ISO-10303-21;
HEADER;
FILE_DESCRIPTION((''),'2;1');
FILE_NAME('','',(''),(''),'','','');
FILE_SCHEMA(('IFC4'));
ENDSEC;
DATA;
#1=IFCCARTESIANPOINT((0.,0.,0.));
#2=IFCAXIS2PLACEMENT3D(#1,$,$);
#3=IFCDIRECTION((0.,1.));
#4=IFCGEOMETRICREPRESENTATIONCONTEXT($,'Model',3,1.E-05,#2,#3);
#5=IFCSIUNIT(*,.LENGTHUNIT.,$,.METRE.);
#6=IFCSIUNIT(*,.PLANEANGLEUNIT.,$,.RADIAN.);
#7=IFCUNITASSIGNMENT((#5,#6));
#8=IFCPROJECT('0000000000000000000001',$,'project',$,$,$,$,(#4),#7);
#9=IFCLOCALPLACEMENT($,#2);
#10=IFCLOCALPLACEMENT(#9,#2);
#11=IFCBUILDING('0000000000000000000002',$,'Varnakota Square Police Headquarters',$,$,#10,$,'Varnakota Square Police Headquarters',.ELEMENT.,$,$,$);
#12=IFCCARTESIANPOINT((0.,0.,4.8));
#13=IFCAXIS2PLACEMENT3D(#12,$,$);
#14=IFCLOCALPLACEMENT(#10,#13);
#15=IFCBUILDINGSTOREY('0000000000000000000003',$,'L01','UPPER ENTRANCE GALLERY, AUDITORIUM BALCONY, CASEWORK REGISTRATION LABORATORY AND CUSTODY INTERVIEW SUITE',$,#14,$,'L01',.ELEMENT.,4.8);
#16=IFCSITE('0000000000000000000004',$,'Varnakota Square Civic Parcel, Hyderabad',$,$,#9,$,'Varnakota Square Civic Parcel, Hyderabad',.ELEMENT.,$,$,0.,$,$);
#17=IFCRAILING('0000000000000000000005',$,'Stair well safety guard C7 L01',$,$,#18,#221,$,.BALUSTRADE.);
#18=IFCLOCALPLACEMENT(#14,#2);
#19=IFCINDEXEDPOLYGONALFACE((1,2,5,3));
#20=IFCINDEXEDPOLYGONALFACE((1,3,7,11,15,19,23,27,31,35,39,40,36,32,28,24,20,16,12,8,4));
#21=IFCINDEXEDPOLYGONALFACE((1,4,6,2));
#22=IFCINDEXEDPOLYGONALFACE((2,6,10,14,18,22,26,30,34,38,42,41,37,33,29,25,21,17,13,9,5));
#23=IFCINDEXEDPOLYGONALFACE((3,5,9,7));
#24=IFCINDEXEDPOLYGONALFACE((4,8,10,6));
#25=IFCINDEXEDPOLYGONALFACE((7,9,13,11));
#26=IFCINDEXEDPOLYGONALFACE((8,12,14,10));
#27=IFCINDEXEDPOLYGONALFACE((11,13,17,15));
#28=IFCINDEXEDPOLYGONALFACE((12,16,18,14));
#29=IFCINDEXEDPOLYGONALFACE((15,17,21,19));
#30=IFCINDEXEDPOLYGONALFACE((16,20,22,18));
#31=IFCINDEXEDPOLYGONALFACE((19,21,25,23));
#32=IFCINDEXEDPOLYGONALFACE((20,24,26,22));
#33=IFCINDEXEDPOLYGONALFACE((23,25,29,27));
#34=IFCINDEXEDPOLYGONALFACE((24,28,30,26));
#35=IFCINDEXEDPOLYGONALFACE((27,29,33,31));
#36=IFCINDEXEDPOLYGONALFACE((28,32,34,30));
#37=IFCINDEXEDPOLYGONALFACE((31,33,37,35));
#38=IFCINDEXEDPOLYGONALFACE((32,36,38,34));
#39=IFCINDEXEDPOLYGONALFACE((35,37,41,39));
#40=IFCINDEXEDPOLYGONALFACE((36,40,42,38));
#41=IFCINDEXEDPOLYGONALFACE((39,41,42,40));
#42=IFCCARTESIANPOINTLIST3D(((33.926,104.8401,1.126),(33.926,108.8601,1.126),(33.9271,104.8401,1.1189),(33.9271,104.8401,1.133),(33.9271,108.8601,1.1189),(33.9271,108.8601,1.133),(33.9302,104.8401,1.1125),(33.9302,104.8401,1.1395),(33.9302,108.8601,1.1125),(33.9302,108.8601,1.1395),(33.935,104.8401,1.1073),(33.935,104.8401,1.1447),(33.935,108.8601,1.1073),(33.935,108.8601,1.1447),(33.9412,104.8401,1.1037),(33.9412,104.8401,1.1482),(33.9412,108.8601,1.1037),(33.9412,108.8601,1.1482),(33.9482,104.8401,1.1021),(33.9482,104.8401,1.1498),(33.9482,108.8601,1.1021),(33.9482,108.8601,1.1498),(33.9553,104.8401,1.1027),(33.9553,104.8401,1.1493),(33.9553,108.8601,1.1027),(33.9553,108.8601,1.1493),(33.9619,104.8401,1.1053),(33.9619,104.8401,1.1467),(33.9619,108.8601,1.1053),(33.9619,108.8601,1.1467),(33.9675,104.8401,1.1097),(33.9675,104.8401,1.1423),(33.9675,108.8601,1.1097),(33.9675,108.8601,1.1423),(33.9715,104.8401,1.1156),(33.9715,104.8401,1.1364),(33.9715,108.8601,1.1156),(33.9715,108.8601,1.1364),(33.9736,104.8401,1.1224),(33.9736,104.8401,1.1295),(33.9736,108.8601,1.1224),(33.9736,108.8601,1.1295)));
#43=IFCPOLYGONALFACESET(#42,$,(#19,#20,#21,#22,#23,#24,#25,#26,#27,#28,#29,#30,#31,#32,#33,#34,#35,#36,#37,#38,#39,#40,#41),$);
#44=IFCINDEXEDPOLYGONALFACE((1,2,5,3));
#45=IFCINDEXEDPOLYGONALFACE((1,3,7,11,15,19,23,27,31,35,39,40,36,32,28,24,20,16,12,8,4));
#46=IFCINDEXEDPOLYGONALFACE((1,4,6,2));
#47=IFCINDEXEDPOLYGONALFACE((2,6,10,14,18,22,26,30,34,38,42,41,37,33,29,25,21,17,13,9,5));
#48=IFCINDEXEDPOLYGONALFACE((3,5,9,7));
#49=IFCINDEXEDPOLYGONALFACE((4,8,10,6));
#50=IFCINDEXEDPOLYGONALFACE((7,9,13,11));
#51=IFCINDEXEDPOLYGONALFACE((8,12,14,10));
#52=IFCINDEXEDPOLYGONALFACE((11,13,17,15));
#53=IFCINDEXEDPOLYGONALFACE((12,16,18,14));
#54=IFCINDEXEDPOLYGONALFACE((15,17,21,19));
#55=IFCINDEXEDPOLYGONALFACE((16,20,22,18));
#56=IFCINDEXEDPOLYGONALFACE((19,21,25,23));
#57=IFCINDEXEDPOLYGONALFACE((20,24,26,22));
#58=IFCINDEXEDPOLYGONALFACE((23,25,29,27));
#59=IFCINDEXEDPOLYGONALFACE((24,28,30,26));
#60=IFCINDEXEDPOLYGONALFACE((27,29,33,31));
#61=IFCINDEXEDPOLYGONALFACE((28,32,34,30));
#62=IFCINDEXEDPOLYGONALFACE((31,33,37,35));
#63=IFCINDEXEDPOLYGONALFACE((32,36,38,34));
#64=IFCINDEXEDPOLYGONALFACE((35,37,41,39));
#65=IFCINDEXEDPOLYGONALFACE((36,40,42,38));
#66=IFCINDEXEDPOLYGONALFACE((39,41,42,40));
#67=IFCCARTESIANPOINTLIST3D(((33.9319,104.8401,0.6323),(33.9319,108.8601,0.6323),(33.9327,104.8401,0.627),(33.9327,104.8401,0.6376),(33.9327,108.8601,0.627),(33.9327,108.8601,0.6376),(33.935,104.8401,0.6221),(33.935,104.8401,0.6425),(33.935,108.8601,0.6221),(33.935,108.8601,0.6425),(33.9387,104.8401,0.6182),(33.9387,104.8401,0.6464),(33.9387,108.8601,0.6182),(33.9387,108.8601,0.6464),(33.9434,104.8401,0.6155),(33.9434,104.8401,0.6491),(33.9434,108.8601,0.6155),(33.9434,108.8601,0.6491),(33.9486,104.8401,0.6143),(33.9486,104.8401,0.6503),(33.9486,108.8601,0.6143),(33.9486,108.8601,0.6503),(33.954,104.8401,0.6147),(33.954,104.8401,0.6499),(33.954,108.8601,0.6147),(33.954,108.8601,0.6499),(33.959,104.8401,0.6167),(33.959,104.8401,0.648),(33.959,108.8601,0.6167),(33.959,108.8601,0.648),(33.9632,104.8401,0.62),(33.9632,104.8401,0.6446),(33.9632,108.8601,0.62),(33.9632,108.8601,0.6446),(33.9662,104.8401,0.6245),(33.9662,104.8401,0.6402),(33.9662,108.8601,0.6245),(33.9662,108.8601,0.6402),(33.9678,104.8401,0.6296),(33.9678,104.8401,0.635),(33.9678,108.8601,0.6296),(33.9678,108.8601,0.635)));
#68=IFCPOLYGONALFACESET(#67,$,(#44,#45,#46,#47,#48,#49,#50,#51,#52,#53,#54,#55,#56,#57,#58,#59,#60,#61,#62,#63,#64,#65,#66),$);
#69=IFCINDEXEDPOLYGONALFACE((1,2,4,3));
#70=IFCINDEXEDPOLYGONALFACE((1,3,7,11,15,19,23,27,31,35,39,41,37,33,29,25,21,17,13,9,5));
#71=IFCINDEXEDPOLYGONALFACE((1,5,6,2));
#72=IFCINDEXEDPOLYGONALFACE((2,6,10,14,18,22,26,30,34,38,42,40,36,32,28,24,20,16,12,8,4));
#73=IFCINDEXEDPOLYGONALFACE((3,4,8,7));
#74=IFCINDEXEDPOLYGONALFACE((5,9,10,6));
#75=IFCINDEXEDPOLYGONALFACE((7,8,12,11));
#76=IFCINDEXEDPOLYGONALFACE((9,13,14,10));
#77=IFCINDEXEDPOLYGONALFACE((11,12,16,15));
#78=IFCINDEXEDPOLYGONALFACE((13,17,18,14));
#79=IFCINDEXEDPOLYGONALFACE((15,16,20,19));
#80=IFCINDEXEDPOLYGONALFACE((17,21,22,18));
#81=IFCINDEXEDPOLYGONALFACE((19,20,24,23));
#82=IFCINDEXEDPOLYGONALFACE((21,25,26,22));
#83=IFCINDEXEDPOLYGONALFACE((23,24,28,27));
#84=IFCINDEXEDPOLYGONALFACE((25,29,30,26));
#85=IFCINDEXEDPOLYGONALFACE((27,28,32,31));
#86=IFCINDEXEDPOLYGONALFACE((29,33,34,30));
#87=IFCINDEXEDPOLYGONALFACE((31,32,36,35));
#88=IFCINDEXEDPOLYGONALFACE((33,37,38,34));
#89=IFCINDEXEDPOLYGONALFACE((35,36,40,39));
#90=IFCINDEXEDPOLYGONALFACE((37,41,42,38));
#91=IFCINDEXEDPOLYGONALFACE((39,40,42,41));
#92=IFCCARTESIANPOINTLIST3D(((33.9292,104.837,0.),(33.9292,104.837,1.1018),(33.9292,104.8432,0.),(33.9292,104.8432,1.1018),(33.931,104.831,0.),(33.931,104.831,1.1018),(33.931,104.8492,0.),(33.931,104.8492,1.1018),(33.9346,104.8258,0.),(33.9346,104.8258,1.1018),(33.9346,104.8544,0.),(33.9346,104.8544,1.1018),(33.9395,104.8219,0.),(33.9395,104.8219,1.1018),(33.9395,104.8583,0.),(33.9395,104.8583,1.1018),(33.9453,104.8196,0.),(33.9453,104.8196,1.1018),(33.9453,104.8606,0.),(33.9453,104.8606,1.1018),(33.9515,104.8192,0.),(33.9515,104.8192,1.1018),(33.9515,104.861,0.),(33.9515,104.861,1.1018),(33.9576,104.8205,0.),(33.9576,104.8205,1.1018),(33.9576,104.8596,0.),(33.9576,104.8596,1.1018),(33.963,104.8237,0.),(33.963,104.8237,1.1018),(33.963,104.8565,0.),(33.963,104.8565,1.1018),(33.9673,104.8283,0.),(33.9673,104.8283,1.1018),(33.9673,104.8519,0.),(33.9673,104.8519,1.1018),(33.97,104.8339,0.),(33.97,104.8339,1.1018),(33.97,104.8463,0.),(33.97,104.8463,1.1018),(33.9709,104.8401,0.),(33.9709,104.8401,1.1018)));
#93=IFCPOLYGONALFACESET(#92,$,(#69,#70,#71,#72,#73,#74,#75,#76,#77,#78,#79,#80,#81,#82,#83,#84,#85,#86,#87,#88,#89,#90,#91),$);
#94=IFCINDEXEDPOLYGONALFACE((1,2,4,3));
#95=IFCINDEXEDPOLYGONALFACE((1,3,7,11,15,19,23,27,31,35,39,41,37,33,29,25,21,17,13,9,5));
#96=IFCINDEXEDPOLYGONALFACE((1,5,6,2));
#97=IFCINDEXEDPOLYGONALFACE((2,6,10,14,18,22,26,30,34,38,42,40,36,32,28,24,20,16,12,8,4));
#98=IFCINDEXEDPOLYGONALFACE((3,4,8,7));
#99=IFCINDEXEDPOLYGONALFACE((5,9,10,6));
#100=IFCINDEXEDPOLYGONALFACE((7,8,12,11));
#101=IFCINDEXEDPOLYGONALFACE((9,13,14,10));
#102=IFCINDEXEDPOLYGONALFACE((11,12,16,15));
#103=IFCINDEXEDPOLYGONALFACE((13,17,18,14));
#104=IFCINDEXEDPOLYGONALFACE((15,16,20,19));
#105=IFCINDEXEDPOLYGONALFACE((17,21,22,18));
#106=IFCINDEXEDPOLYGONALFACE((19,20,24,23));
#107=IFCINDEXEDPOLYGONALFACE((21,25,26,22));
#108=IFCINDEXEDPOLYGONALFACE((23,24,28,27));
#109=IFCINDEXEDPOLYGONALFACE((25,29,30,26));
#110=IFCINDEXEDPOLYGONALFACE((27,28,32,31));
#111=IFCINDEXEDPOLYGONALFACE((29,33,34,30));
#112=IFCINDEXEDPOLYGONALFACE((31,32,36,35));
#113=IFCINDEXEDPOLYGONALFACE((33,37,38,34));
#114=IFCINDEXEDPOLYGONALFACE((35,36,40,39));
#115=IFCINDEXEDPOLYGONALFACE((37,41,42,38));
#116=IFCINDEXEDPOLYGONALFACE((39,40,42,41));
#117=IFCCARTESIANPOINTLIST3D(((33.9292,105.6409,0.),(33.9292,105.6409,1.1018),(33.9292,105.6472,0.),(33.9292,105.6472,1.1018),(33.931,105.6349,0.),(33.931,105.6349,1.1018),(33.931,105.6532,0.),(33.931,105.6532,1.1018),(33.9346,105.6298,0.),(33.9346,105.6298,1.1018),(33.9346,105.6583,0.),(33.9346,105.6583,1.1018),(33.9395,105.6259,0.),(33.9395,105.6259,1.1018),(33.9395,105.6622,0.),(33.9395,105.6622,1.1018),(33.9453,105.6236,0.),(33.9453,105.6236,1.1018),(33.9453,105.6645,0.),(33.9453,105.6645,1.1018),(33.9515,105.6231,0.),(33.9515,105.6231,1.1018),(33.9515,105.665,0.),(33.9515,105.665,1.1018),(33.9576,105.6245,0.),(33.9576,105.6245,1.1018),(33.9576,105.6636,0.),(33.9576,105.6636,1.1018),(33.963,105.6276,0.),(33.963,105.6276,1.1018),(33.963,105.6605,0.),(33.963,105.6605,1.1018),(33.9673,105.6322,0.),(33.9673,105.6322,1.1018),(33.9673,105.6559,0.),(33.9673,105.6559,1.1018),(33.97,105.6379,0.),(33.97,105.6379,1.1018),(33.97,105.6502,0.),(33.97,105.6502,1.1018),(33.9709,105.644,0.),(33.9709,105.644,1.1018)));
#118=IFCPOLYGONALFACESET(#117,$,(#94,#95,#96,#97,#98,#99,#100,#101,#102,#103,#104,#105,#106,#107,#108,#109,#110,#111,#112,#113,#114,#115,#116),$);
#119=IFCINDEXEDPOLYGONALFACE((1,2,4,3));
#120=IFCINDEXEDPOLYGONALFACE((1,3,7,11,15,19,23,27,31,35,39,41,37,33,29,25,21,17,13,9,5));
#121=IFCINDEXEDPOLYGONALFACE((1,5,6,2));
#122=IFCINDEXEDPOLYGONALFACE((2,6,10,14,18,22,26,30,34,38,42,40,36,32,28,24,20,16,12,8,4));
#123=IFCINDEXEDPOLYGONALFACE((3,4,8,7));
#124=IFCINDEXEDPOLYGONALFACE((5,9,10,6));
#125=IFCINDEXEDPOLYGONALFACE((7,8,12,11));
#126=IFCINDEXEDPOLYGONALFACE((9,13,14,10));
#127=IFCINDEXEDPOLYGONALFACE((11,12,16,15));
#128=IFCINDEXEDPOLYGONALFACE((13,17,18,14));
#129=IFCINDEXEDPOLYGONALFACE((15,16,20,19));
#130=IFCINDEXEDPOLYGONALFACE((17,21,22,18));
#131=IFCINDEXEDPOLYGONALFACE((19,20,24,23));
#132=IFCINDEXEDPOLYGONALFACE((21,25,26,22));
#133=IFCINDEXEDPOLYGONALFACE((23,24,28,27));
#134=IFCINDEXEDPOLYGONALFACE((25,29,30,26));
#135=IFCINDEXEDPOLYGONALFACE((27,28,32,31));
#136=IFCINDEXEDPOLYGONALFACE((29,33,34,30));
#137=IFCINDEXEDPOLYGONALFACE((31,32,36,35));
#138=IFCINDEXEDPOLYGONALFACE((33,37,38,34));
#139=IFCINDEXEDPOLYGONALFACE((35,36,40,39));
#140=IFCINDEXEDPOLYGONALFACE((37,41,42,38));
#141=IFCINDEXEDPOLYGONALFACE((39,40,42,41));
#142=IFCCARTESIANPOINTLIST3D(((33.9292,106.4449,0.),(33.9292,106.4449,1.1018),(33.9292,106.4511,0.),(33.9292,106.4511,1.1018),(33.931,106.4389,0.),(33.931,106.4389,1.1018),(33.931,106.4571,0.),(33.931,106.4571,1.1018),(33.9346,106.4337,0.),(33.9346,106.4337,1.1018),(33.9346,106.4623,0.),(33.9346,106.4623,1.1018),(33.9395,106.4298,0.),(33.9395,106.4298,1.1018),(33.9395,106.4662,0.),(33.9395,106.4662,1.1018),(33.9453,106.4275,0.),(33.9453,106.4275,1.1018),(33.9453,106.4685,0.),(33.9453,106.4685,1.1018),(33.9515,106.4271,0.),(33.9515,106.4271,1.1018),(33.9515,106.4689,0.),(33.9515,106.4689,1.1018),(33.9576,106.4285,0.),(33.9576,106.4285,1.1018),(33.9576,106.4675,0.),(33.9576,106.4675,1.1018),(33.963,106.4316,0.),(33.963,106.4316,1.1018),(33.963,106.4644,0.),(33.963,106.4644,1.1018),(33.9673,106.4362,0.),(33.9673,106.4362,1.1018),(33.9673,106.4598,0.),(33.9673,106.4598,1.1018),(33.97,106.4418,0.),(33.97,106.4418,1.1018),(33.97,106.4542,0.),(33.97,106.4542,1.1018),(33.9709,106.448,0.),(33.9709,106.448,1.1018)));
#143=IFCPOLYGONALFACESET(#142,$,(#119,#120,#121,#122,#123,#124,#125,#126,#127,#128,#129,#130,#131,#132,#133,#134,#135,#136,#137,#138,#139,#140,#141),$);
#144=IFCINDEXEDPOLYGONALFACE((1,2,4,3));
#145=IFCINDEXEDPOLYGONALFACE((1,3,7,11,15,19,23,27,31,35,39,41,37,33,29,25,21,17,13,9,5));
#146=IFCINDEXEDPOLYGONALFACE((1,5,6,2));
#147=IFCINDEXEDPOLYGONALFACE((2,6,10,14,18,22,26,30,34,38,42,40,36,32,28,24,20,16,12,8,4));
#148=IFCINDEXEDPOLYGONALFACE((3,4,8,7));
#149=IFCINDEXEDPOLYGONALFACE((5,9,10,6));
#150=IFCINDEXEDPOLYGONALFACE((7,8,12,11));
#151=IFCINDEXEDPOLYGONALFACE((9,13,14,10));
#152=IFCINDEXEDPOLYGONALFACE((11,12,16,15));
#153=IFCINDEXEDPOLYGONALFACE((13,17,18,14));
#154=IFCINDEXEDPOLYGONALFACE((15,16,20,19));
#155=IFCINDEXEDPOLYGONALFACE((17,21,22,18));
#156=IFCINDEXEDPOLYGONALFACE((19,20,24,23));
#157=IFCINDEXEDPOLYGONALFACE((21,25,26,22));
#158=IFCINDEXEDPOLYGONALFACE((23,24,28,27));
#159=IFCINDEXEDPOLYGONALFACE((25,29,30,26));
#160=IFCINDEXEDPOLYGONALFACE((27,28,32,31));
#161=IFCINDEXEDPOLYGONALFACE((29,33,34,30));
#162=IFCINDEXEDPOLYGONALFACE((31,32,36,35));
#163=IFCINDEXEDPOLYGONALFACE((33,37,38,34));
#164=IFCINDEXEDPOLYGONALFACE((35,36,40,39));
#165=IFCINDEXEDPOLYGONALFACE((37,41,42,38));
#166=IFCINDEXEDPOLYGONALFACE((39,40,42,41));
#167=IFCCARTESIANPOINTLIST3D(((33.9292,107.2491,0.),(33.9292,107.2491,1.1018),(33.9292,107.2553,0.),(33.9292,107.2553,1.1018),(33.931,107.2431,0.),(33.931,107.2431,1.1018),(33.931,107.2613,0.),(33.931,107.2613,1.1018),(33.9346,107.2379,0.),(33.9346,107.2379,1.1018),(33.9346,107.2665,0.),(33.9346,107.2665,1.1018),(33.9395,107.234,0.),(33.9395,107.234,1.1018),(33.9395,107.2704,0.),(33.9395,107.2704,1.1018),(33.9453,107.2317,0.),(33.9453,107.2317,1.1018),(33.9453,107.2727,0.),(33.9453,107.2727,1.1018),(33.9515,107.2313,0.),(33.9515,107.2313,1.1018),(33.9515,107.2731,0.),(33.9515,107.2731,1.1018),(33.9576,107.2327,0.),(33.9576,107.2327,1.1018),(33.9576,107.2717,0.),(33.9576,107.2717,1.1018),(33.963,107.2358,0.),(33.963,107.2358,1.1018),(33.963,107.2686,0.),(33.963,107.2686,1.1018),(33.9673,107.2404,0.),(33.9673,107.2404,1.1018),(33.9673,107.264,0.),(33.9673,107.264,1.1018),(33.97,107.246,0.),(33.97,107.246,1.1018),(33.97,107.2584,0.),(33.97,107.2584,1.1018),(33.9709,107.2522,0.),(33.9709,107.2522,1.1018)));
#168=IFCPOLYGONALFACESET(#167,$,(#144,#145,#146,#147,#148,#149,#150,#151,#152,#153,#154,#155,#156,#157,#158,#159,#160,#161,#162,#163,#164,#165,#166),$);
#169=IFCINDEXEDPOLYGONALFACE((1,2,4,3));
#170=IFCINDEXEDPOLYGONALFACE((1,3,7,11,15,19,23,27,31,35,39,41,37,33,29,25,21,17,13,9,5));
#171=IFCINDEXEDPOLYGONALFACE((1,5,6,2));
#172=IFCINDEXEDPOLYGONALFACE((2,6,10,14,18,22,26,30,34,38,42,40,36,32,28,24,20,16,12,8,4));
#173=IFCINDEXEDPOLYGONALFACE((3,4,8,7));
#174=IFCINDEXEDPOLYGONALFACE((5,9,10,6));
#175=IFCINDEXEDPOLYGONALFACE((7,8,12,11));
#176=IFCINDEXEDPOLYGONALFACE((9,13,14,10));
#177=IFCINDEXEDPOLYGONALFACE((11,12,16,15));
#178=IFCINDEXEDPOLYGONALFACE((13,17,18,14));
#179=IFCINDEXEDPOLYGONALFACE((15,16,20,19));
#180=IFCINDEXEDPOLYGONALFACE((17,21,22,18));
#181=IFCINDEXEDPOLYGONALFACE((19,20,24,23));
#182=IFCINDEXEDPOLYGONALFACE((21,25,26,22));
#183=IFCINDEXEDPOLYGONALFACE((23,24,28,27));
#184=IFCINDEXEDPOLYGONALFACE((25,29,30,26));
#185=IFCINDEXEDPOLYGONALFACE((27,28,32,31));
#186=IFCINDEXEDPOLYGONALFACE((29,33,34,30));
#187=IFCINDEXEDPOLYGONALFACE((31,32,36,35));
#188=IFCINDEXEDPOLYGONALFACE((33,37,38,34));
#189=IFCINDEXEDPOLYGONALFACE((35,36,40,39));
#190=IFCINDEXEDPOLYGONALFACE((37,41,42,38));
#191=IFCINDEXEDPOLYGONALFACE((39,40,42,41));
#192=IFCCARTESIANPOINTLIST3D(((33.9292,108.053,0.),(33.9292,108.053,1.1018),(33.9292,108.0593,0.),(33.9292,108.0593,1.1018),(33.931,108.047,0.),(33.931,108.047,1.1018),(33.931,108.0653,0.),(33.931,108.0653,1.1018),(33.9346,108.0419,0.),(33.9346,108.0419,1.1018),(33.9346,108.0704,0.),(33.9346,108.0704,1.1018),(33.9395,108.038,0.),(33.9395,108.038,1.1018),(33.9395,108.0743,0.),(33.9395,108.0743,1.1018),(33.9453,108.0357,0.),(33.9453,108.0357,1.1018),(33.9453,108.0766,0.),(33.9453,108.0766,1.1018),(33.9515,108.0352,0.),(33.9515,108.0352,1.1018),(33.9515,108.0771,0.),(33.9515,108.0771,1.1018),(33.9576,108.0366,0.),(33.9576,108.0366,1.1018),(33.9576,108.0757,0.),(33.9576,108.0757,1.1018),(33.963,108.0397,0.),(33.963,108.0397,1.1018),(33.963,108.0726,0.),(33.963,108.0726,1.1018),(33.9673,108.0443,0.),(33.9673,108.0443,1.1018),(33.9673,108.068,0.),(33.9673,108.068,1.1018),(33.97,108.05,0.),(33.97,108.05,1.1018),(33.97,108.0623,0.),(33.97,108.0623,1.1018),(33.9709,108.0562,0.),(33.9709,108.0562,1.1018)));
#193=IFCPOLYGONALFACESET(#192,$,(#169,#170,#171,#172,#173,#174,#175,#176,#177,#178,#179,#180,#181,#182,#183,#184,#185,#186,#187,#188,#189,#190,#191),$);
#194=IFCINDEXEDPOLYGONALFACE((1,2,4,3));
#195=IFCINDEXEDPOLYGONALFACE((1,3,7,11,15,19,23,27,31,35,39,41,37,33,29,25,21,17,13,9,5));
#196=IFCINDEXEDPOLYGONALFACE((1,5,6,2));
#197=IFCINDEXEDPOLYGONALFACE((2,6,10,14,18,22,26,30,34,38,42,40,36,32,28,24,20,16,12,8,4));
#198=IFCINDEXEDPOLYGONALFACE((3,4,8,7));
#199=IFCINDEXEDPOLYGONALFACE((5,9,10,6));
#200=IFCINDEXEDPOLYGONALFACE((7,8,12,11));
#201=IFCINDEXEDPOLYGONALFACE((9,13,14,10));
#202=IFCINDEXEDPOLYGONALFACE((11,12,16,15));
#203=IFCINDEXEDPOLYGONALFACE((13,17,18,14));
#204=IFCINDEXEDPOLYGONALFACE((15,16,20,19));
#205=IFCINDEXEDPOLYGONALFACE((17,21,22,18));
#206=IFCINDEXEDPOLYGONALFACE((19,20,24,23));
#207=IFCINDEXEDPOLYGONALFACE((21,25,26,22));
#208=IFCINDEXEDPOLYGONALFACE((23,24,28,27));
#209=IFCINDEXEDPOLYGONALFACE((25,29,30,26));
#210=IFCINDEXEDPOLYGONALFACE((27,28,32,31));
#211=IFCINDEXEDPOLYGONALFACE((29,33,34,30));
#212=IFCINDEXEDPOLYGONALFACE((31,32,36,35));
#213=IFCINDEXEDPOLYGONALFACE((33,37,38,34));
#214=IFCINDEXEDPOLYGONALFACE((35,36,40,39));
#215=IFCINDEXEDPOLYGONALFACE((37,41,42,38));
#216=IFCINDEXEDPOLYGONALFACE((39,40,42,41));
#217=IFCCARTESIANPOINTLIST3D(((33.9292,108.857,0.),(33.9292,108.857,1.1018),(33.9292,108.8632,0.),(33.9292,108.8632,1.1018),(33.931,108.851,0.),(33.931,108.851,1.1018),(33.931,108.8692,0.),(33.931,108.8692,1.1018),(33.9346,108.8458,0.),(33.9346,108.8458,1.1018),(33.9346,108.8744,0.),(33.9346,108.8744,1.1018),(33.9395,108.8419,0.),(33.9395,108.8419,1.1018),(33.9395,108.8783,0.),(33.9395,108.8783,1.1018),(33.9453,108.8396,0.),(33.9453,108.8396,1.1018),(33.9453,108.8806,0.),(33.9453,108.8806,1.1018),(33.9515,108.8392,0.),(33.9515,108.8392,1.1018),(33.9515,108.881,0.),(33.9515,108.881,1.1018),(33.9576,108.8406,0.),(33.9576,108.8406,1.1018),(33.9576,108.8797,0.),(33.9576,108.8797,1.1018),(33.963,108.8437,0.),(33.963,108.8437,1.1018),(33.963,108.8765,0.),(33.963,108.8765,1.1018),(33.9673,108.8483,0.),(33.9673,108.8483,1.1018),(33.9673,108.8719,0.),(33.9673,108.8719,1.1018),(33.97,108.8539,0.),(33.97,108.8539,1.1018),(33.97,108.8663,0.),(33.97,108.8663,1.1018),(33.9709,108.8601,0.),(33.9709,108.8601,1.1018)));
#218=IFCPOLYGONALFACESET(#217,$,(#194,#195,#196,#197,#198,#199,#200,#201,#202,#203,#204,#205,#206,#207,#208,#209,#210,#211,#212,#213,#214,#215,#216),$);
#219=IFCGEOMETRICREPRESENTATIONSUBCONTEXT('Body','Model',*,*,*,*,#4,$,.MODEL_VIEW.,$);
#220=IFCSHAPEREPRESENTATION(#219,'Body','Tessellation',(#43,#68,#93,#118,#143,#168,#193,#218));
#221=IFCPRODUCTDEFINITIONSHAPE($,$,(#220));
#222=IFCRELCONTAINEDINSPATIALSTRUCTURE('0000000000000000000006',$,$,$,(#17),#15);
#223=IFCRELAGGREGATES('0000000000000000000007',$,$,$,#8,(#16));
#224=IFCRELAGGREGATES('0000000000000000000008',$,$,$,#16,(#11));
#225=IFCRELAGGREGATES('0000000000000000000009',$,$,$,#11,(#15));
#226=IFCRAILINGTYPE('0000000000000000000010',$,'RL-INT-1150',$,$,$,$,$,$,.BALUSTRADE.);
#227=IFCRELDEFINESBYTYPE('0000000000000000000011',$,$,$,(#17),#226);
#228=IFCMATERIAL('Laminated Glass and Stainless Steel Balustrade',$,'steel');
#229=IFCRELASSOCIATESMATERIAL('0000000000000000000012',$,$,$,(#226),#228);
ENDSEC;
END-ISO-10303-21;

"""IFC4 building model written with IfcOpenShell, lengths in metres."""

from ifc_helpers import new_model, si_unit, direction, frame, origin, origin_2d, place, context, subcontext, project, spatial, circle, extrude, material, type_object, element, save


model = new_model("IFC4")

# Units and contexts
model_context = context("Model", 3, precision=1e-05, world=origin(), true_north=direction((0.0, 1.0)))
body_context = subcontext(model_context, "Body", "Model", "MODEL_VIEW")
ifc_project = project(units=[si_unit("LENGTHUNIT", "METRE"), si_unit("PLANEANGLEUNIT", "RADIAN")], contexts=[model_context])

# Site, building, storey
site_placement = place(None, origin())
site = spatial("IfcSite", under=ifc_project, at=site_placement, Name="Varnakota Square Civic Parcel, Hyderabad", LongName="Varnakota Square Civic Parcel, Hyderabad", CompositionType="ELEMENT", RefElevation=0.0)
building_placement = place(site_placement, origin())
building = spatial("IfcBuilding", under=site, at=building_placement, Name="Varnakota Square Police Headquarters", LongName="Varnakota Square Police Headquarters", CompositionType="ELEMENT")
storey_placement = place(building_placement, frame((0.0, 0.0, 4.8)))
storey = spatial("IfcBuildingStorey", under=building, at=storey_placement, Name="L01", Description="UPPER ENTRANCE GALLERY, AUDITORIUM BALCONY, CASEWORK REGISTRATION LABORATORY AND CUSTODY INTERVIEW SUITE", LongName="L01", CompositionType="ELEMENT", Elevation=4.8)

# Railing
ifc_material_1 = material(Name="Laminated Glass and Stainless Steel Balustrade", Category="steel")
railing_type_1 = type_object("IfcRailingType", Name="RL-INT-1150", PredefinedType="BALUSTRADE", material=ifc_material_1)
railing_1_placement = place(storey_placement, frame((33.95, 104.8401, 0.0)))
element("IfcRailing", 1, at=railing_1_placement, inside=storey, type_object=railing_type_1, Name="Stair well safety guard C7 L01", PredefinedType="BALUSTRADE", context=body_context, shape_type="SweptSolid", body=[
    extrude(circle(Radius=0.0239, at=origin_2d()), frame((0.0, 0.0, 1.126), z_axis=(0.0, 1.0, 0.0), x_axis=(-1.0, 0.0, 0.0)), (0.0, 0.0, 1.0), 4.02),
    extrude(circle(Radius=0.0181, at=origin_2d()), frame((0.0, 0.0, 0.6323), z_axis=(0.0, 1.0, 0.0), x_axis=(-1.0, 0.0, 0.0)), (0.0, 0.0, 1.0), 4.02),
    extrude(circle(Radius=0.021, at=origin_2d()), origin(), (0.0, 0.0, 1.0), 1.1018),
    extrude(circle(Radius=0.021, at=origin_2d()), frame((0.0, 0.804, 0.0)), (0.0, 0.0, 1.0), 1.1018),
    extrude(circle(Radius=0.021, at=origin_2d()), frame((0.0, 1.6079, 0.0)), (0.0, 0.0, 1.0), 1.1018),
    extrude(circle(Radius=0.021, at=origin_2d()), frame((0.0, 2.4121, 0.0)), (0.0, 0.0, 1.0), 1.1018),
    extrude(circle(Radius=0.021, at=origin_2d()), frame((0.0, 3.2161, 0.0)), (0.0, 0.0, 1.0), 1.1018),
    extrude(circle(Radius=0.021, at=origin_2d()), frame((0.0, 4.02, 0.0)), (0.0, 0.0, 1.0), 1.1018),
])

save(model, "model.ifc")
